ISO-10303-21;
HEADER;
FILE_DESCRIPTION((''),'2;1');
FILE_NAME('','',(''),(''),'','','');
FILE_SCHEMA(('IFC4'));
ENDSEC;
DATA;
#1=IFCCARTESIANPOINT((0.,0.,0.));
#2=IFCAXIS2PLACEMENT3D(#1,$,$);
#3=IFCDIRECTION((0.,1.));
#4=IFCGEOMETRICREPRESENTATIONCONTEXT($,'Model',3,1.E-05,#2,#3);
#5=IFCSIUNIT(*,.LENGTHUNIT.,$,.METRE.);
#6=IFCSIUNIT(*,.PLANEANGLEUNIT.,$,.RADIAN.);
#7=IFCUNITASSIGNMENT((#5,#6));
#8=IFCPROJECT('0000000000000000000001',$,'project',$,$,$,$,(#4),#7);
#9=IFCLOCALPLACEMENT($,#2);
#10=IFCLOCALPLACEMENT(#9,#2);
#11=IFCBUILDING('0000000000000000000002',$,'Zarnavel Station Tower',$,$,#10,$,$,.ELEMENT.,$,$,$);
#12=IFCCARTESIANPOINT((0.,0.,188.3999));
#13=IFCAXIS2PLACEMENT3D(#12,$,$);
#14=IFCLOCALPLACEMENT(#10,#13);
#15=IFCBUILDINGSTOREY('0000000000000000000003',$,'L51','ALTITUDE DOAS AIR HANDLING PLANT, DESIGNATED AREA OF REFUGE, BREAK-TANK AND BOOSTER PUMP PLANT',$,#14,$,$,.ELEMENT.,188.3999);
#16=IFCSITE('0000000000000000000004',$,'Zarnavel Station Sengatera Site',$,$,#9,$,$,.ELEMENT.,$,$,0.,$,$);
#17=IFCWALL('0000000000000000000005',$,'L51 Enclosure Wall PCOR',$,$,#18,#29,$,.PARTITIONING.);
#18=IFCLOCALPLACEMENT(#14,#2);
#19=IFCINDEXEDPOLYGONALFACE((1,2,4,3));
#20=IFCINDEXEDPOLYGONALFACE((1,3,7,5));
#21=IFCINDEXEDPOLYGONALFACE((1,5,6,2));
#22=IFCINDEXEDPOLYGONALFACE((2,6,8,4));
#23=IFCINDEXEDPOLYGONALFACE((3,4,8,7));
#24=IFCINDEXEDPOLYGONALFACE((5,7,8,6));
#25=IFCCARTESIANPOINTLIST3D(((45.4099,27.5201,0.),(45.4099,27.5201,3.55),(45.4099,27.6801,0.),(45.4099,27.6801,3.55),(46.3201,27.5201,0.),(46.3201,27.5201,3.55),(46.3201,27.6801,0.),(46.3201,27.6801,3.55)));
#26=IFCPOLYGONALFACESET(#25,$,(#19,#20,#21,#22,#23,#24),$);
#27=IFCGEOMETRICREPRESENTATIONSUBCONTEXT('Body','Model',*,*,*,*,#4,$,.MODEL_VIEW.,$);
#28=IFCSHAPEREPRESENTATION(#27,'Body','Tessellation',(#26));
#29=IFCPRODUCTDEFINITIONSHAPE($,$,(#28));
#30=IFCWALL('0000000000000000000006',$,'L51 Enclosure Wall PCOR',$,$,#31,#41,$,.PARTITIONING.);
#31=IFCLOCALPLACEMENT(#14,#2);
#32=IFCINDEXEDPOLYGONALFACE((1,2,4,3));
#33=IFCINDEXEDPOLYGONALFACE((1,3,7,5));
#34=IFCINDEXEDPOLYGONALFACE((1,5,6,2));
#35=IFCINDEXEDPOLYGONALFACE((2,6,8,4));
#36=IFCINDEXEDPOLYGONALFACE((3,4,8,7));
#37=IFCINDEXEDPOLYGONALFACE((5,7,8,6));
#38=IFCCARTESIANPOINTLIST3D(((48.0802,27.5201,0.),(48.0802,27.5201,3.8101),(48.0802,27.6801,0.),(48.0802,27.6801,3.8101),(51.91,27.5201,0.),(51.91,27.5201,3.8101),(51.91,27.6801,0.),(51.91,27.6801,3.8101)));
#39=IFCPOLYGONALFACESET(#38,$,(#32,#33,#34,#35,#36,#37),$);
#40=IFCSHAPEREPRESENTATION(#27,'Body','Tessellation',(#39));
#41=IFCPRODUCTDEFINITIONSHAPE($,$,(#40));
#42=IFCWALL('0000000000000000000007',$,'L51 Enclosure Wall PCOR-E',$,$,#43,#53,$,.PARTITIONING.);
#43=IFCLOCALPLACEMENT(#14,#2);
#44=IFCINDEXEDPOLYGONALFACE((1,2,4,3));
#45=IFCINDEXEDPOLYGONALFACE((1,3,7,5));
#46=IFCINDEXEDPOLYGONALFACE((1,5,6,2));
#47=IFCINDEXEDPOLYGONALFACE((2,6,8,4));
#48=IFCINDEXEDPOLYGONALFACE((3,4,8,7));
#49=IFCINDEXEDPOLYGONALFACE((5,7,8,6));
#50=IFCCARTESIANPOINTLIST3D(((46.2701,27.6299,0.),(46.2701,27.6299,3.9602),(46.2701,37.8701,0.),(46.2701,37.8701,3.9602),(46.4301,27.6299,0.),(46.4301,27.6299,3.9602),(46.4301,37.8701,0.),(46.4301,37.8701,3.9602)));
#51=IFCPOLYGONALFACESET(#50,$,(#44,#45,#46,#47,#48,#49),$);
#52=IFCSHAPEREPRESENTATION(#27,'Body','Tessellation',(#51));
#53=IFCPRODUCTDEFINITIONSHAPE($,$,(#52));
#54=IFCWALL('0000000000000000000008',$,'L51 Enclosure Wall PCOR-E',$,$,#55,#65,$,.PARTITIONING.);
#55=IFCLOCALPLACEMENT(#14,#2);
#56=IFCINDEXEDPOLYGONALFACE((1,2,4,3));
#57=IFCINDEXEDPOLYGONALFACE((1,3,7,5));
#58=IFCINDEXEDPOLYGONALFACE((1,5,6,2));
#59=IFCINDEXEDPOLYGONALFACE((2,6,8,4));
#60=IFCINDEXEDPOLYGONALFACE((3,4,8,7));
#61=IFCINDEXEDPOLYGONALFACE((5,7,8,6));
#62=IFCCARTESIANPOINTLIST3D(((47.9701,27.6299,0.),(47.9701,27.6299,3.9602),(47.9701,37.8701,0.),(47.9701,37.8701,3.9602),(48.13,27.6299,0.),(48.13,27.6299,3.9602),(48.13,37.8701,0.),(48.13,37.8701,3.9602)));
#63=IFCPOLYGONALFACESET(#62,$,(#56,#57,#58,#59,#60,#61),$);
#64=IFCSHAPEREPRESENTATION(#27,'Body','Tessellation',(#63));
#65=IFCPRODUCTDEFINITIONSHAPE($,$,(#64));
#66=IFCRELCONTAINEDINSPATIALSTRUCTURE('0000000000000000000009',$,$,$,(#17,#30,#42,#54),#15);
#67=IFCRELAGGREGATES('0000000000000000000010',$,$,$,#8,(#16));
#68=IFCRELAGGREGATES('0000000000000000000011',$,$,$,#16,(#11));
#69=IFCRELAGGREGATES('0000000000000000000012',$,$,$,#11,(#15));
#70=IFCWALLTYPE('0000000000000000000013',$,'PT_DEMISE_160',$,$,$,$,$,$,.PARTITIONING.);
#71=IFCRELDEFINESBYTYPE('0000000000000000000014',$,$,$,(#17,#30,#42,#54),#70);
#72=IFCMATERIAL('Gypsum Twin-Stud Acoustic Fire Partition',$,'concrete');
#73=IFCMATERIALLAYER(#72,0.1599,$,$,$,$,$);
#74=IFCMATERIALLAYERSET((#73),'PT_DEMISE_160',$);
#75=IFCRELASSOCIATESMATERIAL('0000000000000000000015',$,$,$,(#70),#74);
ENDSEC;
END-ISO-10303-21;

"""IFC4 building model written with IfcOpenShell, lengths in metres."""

from ifc_helpers import new_model, si_unit, direction, frame, frame_2d, origin, place, context, subcontext, project, spatial, rectangle, extrude, material, layer, layer_set, type_object, element, save


model = new_model("IFC4")

# Units and contexts
model_context = context("Model", 3, precision=1e-05, world=origin(), true_north=direction((0.0, 1.0)))
body_context = subcontext(model_context, "Body", "Model", "MODEL_VIEW")
ifc_project = project(units=[si_unit("LENGTHUNIT", "METRE"), si_unit("PLANEANGLEUNIT", "RADIAN")], contexts=[model_context])

# Site, building, storey
site_placement = place(None, origin())
site = spatial("IfcSite", under=ifc_project, at=site_placement, Name="Zarnavel Station Sengatera Site", CompositionType="ELEMENT", RefElevation=0.0)
building_placement = place(site_placement, origin())
building = spatial("IfcBuilding", under=site, at=building_placement, Name="Zarnavel Station Tower", CompositionType="ELEMENT")
storey_placement = place(building_placement, frame((0.0, 0.0, 188.3999)))
storey = spatial("IfcBuildingStorey", under=building, at=storey_placement, Name="L51", Description="ALTITUDE DOAS AIR HANDLING PLANT, DESIGNATED AREA OF REFUGE, BREAK-TANK AND BOOSTER PUMP PLANT", CompositionType="ELEMENT", Elevation=188.3999)

# Shared definitions
ifc_material_1 = material(Name="Gypsum Twin-Stud Acoustic Fire Partition", Category="concrete")
ifc_layer_1 = layer(ifc_material_1, 0.1599)
ifc_layer_set_1 = layer_set([ifc_layer_1], Name="PT_DEMISE_160")
wall_type = type_object("IfcWallType", Name="PT_DEMISE_160", PredefinedType="PARTITIONING", material=ifc_layer_set_1)

# Walls
wall_1_placement = place(storey_placement, frame((45.4099, 27.6001, 0.0), z_axis=(0.0, 0.0, 1.0), x_axis=(1.0, 0.0, 0.0)))
element("IfcWall", 1, at=wall_1_placement, inside=storey, type_object=wall_type, Name="L51 Enclosure Wall PCOR", PredefinedType="PARTITIONING", context=body_context, shape_type="SweptSolid", body=[
    extrude(rectangle(XDim=0.9102, YDim=0.1599, at=frame_2d((0.4551, 0.0))), origin(), (0.0, 0.0, 1.0), 3.55),
])
wall_2_placement = place(storey_placement, frame((48.0801, 27.6001, 0.0), z_axis=(0.0, 0.0, 1.0), x_axis=(1.0, 0.0, 0.0)))
element("IfcWall", 2, at=wall_2_placement, inside=storey, type_object=wall_type, Name="L51 Enclosure Wall PCOR", PredefinedType="PARTITIONING", context=body_context, shape_type="SweptSolid", body=[
    extrude(rectangle(XDim=3.8298, YDim=0.1599, at=frame_2d((1.915, 0.0))), origin(), (0.0, 0.0, 1.0), 3.8101),
])
for number, where, z_axis, x_axis, name in (
    (3, (46.3501, 27.6299, 0.0), (0.0, 0.0, 1.0), (0.0, 1.0, 0.0), "L51 Enclosure Wall PCOR-E"),
    (4, (48.05, 27.6299, 0.0), (0.0, 0.0, 1.0), (0.0, 1.0, 0.0), "L51 Enclosure Wall PCOR-E"),
):
    element("IfcWall", number, at=place(storey_placement, frame(where, z_axis=z_axis, x_axis=x_axis)), inside=storey, type_object=wall_type, Name=name, PredefinedType="PARTITIONING", context=body_context, shape_type="SweptSolid", body=[
        extrude(rectangle(XDim=10.2402, YDim=0.1599, at=frame_2d((5.1201, 0.0))), origin(), (0.0, 0.0, 1.0), 3.9602),
    ])

save(model, "model.ifc")
